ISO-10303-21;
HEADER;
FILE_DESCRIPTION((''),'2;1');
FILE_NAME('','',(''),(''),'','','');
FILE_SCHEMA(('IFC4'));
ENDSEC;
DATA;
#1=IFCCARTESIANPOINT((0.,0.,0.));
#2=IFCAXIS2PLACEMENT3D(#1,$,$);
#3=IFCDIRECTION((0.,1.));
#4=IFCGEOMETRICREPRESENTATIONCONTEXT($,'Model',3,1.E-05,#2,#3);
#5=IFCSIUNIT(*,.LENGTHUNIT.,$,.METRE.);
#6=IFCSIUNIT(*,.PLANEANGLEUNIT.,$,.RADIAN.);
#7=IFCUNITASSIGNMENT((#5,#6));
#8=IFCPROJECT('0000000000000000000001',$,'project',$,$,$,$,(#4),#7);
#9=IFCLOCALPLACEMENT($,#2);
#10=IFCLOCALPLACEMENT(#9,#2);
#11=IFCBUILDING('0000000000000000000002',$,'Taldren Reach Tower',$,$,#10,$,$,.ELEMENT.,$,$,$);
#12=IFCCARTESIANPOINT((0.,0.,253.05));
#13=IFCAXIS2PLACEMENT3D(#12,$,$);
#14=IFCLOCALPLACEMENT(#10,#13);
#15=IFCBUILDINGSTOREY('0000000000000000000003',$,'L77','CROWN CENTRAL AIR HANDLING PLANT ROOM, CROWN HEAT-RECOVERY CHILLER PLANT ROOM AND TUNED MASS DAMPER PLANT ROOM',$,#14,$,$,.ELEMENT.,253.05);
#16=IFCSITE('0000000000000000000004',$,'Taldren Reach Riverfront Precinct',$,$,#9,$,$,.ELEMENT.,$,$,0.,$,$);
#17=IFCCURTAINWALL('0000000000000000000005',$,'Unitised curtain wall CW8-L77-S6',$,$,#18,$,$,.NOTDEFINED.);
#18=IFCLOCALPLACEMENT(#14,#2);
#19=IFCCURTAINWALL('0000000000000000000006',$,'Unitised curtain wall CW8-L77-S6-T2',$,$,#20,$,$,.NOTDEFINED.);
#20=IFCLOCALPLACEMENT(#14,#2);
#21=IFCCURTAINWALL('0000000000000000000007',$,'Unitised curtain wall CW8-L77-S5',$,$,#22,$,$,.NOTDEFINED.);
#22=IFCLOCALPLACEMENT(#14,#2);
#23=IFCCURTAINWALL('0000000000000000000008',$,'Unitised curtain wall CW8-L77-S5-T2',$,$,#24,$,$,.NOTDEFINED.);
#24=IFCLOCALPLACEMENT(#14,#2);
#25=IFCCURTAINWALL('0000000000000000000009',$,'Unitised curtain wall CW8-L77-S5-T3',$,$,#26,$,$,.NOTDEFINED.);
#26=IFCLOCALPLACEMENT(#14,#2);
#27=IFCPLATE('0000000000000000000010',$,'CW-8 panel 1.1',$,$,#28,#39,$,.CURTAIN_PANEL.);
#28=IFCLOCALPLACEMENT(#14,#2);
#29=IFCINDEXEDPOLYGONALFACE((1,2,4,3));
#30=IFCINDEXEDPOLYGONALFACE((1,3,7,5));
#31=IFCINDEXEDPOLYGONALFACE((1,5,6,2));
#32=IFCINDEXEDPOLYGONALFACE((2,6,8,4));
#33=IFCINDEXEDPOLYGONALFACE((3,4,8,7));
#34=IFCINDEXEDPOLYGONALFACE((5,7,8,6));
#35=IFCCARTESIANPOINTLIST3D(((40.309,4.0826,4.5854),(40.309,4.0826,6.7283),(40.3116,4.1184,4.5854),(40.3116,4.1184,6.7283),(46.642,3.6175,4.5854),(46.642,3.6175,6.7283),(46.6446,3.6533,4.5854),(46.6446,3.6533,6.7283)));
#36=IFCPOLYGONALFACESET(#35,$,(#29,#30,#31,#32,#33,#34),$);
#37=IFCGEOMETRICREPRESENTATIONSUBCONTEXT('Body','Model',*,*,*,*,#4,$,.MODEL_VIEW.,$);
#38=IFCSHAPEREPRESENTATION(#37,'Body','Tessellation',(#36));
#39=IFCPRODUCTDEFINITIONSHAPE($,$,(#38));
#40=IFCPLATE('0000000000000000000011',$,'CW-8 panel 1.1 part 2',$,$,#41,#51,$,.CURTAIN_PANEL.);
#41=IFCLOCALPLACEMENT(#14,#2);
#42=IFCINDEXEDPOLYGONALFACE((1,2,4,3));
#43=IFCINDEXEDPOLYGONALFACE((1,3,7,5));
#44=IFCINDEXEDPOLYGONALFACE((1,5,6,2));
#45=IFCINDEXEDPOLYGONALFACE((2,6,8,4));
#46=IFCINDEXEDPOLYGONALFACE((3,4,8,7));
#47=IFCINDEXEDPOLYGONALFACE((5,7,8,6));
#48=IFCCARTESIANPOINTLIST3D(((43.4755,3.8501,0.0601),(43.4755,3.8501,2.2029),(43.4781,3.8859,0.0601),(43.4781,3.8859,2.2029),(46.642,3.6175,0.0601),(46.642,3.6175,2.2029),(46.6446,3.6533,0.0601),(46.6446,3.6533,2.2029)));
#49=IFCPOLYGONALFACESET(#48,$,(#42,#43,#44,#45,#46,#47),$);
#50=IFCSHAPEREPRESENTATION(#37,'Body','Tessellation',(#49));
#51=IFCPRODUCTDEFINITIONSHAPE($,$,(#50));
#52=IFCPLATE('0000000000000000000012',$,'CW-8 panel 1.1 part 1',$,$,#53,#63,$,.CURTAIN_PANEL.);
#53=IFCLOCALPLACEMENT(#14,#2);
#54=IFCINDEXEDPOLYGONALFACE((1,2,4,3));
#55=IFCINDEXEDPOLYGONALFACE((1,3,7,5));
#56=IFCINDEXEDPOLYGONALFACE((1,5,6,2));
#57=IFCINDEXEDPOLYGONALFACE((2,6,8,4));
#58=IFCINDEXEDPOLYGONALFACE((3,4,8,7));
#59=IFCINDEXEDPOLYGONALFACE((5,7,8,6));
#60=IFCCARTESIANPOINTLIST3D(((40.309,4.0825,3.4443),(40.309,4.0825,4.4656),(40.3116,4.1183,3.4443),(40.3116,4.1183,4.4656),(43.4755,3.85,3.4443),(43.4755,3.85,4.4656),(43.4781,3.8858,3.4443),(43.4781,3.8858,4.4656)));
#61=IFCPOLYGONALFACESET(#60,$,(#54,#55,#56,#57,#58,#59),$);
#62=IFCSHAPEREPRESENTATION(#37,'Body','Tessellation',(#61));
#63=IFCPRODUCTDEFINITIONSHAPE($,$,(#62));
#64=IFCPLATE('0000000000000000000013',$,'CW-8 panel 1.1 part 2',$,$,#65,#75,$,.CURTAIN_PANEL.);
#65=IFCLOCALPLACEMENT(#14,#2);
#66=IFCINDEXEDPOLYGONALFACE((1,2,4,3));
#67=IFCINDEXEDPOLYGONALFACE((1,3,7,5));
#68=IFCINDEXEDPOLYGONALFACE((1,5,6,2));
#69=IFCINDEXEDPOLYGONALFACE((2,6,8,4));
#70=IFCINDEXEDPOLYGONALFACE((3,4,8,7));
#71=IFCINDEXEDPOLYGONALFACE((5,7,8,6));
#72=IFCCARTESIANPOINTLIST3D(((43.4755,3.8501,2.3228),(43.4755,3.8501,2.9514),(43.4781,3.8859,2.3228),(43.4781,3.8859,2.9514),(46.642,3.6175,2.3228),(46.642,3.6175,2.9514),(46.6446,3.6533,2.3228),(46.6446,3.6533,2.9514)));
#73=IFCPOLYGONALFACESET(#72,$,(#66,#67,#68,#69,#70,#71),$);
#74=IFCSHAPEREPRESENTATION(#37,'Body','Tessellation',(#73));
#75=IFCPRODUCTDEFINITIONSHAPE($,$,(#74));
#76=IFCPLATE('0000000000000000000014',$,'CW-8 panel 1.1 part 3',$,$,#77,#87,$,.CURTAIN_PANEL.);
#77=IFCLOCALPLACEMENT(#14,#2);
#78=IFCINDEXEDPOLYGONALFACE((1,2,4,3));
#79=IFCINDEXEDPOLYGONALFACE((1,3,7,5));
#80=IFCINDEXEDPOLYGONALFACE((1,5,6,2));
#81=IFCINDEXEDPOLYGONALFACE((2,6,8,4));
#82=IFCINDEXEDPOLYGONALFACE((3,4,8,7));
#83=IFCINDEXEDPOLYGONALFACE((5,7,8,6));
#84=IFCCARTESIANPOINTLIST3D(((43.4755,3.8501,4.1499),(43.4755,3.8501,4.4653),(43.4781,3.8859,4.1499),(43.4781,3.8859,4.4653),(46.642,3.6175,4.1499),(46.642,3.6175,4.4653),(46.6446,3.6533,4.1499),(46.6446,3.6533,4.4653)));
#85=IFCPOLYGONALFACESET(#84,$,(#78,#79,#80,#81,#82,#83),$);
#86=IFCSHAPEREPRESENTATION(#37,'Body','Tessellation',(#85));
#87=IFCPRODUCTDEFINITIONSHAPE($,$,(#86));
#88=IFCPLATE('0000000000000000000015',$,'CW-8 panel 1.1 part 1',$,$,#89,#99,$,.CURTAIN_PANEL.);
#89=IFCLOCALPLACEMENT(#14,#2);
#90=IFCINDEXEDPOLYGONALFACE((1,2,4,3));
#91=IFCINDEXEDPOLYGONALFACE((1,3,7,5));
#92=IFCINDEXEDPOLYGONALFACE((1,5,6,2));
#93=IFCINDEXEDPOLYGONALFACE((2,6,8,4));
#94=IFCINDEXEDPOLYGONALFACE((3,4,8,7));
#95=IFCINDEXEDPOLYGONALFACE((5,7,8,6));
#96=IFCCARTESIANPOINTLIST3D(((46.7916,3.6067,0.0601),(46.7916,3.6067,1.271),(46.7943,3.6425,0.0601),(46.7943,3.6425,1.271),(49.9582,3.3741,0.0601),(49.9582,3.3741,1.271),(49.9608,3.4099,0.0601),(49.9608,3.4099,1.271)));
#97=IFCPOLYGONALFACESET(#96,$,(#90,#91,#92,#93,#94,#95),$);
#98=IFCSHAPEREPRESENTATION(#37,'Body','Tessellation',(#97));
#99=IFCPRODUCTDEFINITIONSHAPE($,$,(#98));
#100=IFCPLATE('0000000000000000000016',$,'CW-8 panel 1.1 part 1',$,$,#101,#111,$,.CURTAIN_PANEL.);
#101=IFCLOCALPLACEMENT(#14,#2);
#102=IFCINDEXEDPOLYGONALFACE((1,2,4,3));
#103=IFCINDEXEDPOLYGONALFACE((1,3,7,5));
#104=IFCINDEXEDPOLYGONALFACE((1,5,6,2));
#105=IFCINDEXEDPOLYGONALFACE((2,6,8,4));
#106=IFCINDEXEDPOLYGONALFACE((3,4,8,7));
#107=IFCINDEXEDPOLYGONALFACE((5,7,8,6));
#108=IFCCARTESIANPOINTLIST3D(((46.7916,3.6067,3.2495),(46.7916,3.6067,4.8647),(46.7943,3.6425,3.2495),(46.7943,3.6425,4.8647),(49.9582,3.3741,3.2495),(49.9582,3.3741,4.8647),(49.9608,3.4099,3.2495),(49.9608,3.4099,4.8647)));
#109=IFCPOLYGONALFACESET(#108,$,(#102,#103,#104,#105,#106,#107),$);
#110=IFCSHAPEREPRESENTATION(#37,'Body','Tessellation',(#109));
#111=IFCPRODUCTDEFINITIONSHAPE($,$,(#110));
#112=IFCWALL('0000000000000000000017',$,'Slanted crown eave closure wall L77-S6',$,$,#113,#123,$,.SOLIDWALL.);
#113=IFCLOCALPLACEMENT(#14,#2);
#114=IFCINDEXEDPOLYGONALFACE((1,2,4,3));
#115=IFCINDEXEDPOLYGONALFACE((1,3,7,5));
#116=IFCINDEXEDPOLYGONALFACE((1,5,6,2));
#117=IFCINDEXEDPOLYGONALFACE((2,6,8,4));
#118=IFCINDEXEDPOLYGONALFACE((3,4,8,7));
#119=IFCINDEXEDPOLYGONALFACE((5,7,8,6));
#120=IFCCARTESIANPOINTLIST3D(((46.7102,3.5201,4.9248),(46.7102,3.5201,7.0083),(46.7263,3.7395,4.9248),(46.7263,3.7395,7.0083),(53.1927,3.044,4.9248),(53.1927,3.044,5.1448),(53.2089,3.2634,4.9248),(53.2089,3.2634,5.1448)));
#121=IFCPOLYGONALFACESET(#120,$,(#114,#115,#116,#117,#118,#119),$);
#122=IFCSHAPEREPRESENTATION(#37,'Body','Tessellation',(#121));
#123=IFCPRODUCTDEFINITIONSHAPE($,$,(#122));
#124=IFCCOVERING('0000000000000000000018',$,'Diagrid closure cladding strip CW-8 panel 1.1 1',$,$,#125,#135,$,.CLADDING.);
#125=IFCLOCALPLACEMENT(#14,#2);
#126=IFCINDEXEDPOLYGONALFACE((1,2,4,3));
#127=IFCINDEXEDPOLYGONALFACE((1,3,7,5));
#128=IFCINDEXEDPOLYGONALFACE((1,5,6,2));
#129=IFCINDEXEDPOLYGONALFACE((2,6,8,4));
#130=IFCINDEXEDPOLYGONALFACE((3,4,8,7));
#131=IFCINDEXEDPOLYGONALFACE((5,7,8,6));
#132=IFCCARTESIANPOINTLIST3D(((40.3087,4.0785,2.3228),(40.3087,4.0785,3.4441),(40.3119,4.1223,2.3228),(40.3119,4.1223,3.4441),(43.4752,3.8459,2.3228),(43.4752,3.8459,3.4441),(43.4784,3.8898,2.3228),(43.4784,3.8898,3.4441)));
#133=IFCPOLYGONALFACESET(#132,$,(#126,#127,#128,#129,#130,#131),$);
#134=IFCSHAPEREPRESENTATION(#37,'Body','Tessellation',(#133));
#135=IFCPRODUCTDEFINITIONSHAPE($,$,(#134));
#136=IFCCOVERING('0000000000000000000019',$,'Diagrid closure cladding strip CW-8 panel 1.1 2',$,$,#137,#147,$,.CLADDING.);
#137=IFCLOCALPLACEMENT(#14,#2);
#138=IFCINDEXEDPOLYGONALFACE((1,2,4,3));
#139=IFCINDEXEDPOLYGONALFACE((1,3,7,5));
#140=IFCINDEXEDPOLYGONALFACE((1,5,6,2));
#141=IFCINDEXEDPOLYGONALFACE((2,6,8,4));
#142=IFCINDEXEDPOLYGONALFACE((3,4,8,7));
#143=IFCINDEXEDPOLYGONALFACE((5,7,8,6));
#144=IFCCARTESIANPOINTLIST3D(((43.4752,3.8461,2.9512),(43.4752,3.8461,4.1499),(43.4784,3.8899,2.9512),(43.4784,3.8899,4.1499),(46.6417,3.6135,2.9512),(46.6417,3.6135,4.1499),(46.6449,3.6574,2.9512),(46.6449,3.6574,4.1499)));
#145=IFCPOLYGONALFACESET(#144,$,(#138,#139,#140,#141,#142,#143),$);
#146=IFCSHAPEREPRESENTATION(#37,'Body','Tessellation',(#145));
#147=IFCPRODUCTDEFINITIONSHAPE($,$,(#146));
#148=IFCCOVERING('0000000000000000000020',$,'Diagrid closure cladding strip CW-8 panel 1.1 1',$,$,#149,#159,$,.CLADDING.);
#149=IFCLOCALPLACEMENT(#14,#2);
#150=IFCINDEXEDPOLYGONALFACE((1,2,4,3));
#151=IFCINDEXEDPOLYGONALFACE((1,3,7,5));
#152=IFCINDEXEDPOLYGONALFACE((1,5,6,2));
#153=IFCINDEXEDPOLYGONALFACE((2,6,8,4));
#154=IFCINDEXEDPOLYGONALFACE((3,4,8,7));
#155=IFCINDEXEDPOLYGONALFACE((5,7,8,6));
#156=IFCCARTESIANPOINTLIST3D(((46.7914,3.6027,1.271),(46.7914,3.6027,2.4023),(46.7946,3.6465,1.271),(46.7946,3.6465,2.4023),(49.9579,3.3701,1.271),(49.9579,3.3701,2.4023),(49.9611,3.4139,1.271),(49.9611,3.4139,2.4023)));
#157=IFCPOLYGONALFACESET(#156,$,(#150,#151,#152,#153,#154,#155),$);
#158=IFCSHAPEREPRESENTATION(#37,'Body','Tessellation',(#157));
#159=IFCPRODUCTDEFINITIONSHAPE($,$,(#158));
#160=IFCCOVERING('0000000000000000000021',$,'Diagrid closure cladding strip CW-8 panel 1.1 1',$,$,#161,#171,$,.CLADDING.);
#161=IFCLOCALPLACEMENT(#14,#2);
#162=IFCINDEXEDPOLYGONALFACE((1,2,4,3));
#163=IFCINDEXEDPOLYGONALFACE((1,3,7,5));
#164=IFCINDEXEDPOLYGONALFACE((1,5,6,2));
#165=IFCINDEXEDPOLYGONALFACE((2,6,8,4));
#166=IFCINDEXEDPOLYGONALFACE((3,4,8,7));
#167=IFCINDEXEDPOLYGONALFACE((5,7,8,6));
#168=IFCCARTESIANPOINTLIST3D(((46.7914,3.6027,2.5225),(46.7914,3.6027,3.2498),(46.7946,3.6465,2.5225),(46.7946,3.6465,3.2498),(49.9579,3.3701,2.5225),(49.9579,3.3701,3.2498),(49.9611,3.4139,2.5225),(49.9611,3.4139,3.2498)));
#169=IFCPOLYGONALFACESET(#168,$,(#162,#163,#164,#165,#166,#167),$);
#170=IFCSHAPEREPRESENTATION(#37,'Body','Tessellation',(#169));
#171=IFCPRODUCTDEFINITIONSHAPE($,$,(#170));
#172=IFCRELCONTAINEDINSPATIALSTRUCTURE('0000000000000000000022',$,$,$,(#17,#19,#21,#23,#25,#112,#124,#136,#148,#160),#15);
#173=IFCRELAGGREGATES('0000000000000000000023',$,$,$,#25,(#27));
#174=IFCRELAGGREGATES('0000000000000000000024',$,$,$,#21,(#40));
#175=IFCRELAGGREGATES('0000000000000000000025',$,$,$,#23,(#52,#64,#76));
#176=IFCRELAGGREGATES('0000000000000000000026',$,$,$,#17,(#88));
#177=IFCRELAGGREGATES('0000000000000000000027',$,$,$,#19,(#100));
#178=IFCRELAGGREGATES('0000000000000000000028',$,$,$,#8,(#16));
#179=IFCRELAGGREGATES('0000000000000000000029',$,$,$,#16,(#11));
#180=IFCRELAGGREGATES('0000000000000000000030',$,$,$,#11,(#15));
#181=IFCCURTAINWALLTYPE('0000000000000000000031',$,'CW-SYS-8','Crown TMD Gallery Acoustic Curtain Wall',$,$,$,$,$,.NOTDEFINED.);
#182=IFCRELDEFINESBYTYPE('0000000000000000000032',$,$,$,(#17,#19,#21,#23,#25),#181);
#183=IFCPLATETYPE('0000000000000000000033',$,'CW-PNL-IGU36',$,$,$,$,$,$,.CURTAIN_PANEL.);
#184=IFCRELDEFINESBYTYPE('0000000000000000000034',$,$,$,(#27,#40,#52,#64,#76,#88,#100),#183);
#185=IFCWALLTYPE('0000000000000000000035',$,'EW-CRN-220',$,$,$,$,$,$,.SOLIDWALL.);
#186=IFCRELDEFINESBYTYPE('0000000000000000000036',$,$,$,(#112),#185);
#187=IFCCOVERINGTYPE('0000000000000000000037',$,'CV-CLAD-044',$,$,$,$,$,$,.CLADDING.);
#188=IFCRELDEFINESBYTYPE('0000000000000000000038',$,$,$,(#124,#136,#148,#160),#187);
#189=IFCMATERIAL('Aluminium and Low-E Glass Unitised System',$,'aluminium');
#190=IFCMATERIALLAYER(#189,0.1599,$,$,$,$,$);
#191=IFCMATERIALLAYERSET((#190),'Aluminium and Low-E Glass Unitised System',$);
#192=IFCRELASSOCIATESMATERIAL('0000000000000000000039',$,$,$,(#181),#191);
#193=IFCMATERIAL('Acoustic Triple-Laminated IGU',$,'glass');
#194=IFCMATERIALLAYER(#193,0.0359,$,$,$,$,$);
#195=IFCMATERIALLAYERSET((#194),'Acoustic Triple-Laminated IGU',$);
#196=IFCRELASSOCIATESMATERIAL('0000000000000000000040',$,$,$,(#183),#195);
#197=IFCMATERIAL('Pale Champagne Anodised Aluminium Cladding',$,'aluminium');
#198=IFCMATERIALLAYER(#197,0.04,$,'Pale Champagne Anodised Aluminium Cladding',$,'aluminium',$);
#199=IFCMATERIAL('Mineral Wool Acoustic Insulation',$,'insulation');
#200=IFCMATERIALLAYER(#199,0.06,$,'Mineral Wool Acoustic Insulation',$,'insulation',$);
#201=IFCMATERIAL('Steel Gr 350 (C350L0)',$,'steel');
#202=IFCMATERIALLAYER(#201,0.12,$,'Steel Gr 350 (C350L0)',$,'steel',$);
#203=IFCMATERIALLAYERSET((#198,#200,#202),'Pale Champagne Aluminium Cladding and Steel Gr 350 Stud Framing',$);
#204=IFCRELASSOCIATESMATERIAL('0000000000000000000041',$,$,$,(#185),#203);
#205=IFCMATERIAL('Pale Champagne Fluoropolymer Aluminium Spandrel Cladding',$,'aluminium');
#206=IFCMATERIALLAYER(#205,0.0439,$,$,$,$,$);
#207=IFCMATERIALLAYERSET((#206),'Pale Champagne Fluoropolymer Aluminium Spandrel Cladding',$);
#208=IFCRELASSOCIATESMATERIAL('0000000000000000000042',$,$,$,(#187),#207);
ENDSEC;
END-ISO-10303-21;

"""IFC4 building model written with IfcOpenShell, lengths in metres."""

from ifc_helpers import new_model, si_unit, direction, frame, origin, origin_2d, place, context, subcontext, project, spatial, polyline, rectangle, outline, extrude, source, transform, mapped, material, layer, layer_set, type_object, element, aggregate, save


model = new_model("IFC4")

# Units and contexts
model_context = context("Model", 3, precision=1e-05, world=origin(), true_north=direction((0.0, 1.0)))
body_context = subcontext(model_context, "Body", "Model", "MODEL_VIEW")
ifc_project = project(units=[si_unit("LENGTHUNIT", "METRE"), si_unit("PLANEANGLEUNIT", "RADIAN")], contexts=[model_context])

# Site, building, storey
site_placement = place(None, origin())
site = spatial("IfcSite", under=ifc_project, at=site_placement, Name="Taldren Reach Riverfront Precinct", CompositionType="ELEMENT", RefElevation=0.0)
building_placement = place(site_placement, origin())
building = spatial("IfcBuilding", under=site, at=building_placement, Name="Taldren Reach Tower", CompositionType="ELEMENT")
storey_placement = place(building_placement, frame((0.0, 0.0, 253.05)))
storey = spatial("IfcBuildingStorey", under=building, at=storey_placement, Name="L77", Description="CROWN CENTRAL AIR HANDLING PLANT ROOM, CROWN HEAT-RECOVERY CHILLER PLANT ROOM AND TUNED MASS DAMPER PLANT ROOM", CompositionType="ELEMENT", Elevation=253.05)

# Shared definitions
ifc_material_1 = material(Name="Steel Gr 350 (C350L0)", Category="steel")

# Curtain walls
ifc_material_2 = material(Name="Aluminium and Low-E Glass Unitised System", Category="aluminium")
ifc_layer_1 = layer(ifc_material_2, 0.1599)
ifc_layer_set_1 = layer_set([ifc_layer_1], Name="Aluminium and Low-E Glass Unitised System")
curtain_wall_type = type_object("IfcCurtainWallType", Name="CW-SYS-8", Description="Crown TMD Gallery Acoustic Curtain Wall", PredefinedType="NOTDEFINED", material=ifc_layer_set_1)
curtain_wall_1_placement = place(storey_placement, origin())
curtain_wall_1 = element("IfcCurtainWall", 1, at=curtain_wall_1_placement, inside=storey, type_object=curtain_wall_type, Name="Unitised curtain wall CW8-L77-S6", PredefinedType="NOTDEFINED")
curtain_wall_2_placement = place(storey_placement, origin())
curtain_wall_2 = element("IfcCurtainWall", 2, at=curtain_wall_2_placement, inside=storey, type_object=curtain_wall_type, Name="Unitised curtain wall CW8-L77-S6-T2", PredefinedType="NOTDEFINED")

# Curtain walls
curtain_wall_3_placement = place(storey_placement, origin())
curtain_wall_3 = element("IfcCurtainWall", 3, at=curtain_wall_3_placement, inside=storey, type_object=curtain_wall_type, Name="Unitised curtain wall CW8-L77-S5", PredefinedType="NOTDEFINED")
curtain_wall_4_placement = place(storey_placement, origin())
curtain_wall_4 = element("IfcCurtainWall", 4, at=curtain_wall_4_placement, inside=storey, type_object=curtain_wall_type, Name="Unitised curtain wall CW8-L77-S5-T2", PredefinedType="NOTDEFINED")
curtain_wall_5_placement = place(storey_placement, origin())
curtain_wall_5 = element("IfcCurtainWall", 5, at=curtain_wall_5_placement, inside=storey, type_object=curtain_wall_type, Name="Unitised curtain wall CW8-L77-S5-T3", PredefinedType="NOTDEFINED")

# Plates
ifc_material_3 = material(Name="Acoustic Triple-Laminated IGU", Category="glass")
ifc_layer_2 = layer(ifc_material_3, 0.0359)
ifc_layer_set_2 = layer_set([ifc_layer_2], Name="Acoustic Triple-Laminated IGU")
plate_type_1 = type_object("IfcPlateType", Name="CW-PNL-IGU36", PredefinedType="CURTAIN_PANEL", material=ifc_layer_set_2)
shared_shape_1 = source(origin(), body_context, "Body", "SweptSolid", [
    extrude(rectangle(XDim=6.3501, YDim=0.0359, at=origin_2d()), origin(), (0.0, 0.0, 1.0), 2.1428),
])
plate_1_placement = place(storey_placement, frame((43.4768, 3.8679, 4.5854), z_axis=(0.0, 0.0, 1.0), x_axis=(0.997314, -0.073238, 0.0)))
plate_1 = element("IfcPlate", 6, at=plate_1_placement, type_object=plate_type_1, Name="CW-8 panel 1.1", PredefinedType="CURTAIN_PANEL", context=body_context, shape_type="MappedRepresentation", body=[
    mapped(shared_shape_1, transform((0.0, 0.0, 0.0), scale=1.0)),
])
aggregate(curtain_wall_5, [plate_1])
shared_shape_2 = source(origin(), body_context, "Body", "SweptSolid", [
    extrude(rectangle(XDim=3.175, YDim=0.0359, at=origin_2d()), origin(), (0.0, 0.0, 1.0), 2.1428),
])
plate_2_placement = place(storey_placement, frame((45.0601, 3.7517, 0.0601), z_axis=(0.0, 0.0, 1.0), x_axis=(0.997314, -0.073238, 0.0)))
plate_2 = element("IfcPlate", 7, at=plate_2_placement, type_object=plate_type_1, Name="CW-8 panel 1.1 part 2", PredefinedType="CURTAIN_PANEL", context=body_context, shape_type="MappedRepresentation", body=[
    mapped(shared_shape_2, transform((0.0, 0.0, 0.0), scale=1.0)),
])
aggregate(curtain_wall_3, [plate_2])
shared_shape_3 = source(origin(), body_context, "Body", "SweptSolid", [
    extrude(rectangle(XDim=3.175, YDim=0.0359, at=origin_2d()), origin(), (0.0, 0.0, 1.0), 1.0212),
])
plate_3_placement = place(storey_placement, frame((41.8936, 3.9841, 3.4443), z_axis=(0.0, 0.0, 1.0), x_axis=(0.997314, -0.073238, 0.0)))
plate_3 = element("IfcPlate", 8, at=plate_3_placement, type_object=plate_type_1, Name="CW-8 panel 1.1 part 1", PredefinedType="CURTAIN_PANEL", context=body_context, shape_type="MappedRepresentation", body=[
    mapped(shared_shape_3, transform((0.0, 0.0, 0.0), scale=1.0)),
])
shared_shape_4 = source(origin(), body_context, "Body", "SweptSolid", [
    extrude(rectangle(XDim=3.175, YDim=0.0359, at=origin_2d()), origin(), (0.0, 0.0, 1.0), 0.6287),
])
plate_4_placement = place(storey_placement, frame((45.0601, 3.7517, 2.3228), z_axis=(0.0, 0.0, 1.0), x_axis=(0.997314, -0.073238, 0.0)))
plate_4 = element("IfcPlate", 9, at=plate_4_placement, type_object=plate_type_1, Name="CW-8 panel 1.1 part 2", PredefinedType="CURTAIN_PANEL", context=body_context, shape_type="MappedRepresentation", body=[
    mapped(shared_shape_4, transform((0.0, 0.0, 0.0), scale=1.0)),
])
shared_shape_5 = source(origin(), body_context, "Body", "SweptSolid", [
    extrude(rectangle(XDim=3.175, YDim=0.0359, at=origin_2d()), origin(), (0.0, 0.0, 1.0), 0.3154),
])
plate_5_placement = place(storey_placement, frame((45.0601, 3.7517, 4.1499), z_axis=(0.0, 0.0, 1.0), x_axis=(0.997314, -0.073238, 0.0)))
plate_5 = element("IfcPlate", 10, at=plate_5_placement, type_object=plate_type_1, Name="CW-8 panel 1.1 part 3", PredefinedType="CURTAIN_PANEL", context=body_context, shape_type="MappedRepresentation", body=[
    mapped(shared_shape_5, transform((0.0, 0.0, 0.0), scale=1.0)),
])
aggregate(curtain_wall_4, [plate_3, plate_4, plate_5])
shared_shape_6 = source(origin(), body_context, "Body", "SweptSolid", [
    extrude(rectangle(XDim=3.175, YDim=0.0359, at=origin_2d()), origin(), (0.0, 0.0, 1.0), 1.2109),
])
plate_6_placement = place(storey_placement, frame((48.3762, 3.5083, 0.0601), z_axis=(0.0, 0.0, 1.0), x_axis=(0.997314, -0.073239, 0.0)))
plate_6 = element("IfcPlate", 11, at=plate_6_placement, type_object=plate_type_1, Name="CW-8 panel 1.1 part 1", PredefinedType="CURTAIN_PANEL", context=body_context, shape_type="MappedRepresentation", body=[
    mapped(shared_shape_6, transform((0.0, 0.0, 0.0), scale=1.0)),
])
aggregate(curtain_wall_1, [plate_6])
shared_shape_7 = source(origin(), body_context, "Body", "SweptSolid", [
    extrude(rectangle(XDim=3.175, YDim=0.0359, at=origin_2d()), origin(), (0.0, 0.0, 1.0), 1.6152),
])
plate_7_placement = place(storey_placement, frame((48.3762, 3.5083, 3.2495), z_axis=(0.0, 0.0, 1.0), x_axis=(0.997314, -0.073239, 0.0)))
plate_7 = element("IfcPlate", 12, at=plate_7_placement, type_object=plate_type_1, Name="CW-8 panel 1.1 part 1", PredefinedType="CURTAIN_PANEL", context=body_context, shape_type="MappedRepresentation", body=[
    mapped(shared_shape_7, transform((0.0, 0.0, 0.0), scale=1.0)),
])
aggregate(curtain_wall_2, [plate_7])

# Wall
ifc_material_4 = material(Name="Pale Champagne Anodised Aluminium Cladding", Category="aluminium")
ifc_layer_3 = layer(ifc_material_4, 0.04, Name="Pale Champagne Anodised Aluminium Cladding", Category="aluminium")
ifc_material_5 = material(Name="Mineral Wool Acoustic Insulation", Category="insulation")
ifc_layer_4 = layer(ifc_material_5, 0.06, Name="Mineral Wool Acoustic Insulation", Category="insulation")
ifc_layer_5 = layer(ifc_material_1, 0.12, Name="Steel Gr 350 (C350L0)", Category="steel")
ifc_layer_set_3 = layer_set([ifc_layer_3, ifc_layer_4, ifc_layer_5], Name="Pale Champagne Aluminium Cladding and Steel Gr 350 Stud Framing")
wall_type = type_object("IfcWallType", Name="EW-CRN-220", PredefinedType="SOLIDWALL", material=ifc_layer_set_3)
wall_placement = place(storey_placement, frame((46.7183, 3.6299, 4.9248), z_axis=(0.0, 0.0, 1.0), x_axis=(0.997314, -0.073244, 0.0)))
element("IfcWall", 13, at=wall_placement, inside=storey, type_object=wall_type, Name="Slanted crown eave closure wall L77-S6", PredefinedType="SOLIDWALL", context=body_context, shape_type="SweptSolid", body=[
    extrude(outline(polyline([(0.0, 0.0), (6.5, 0.0), (6.5, 0.22), (0.0, 2.0835), (0.0, 0.0)])), frame((0.0, 0.1099, 0.0), z_axis=(0.0, -1.0, 0.0), x_axis=(1.0, 0.0, 0.0)), (0.0, 0.0, 1.0), 0.22),
])

# Coverings
ifc_material_6 = material(Name="Pale Champagne Fluoropolymer Aluminium Spandrel Cladding", Category="aluminium")
ifc_layer_6 = layer(ifc_material_6, 0.0439)
ifc_layer_set_4 = layer_set([ifc_layer_6], Name="Pale Champagne Fluoropolymer Aluminium Spandrel Cladding")
covering_type = type_object("IfcCoveringType", Name="CV-CLAD-044", PredefinedType="CLADDING", material=ifc_layer_set_4)
shared_shape_8 = source(origin(), body_context, "Body", "SweptSolid", [
    extrude(rectangle(XDim=3.175, YDim=0.0439, at=origin_2d()), origin(), (0.0, 0.0, 1.0), 1.1213),
])
covering_1_placement = place(storey_placement, frame((41.8936, 3.9841, 2.3228), z_axis=(0.0, 0.0, 1.0), x_axis=(0.997314, -0.073238, 0.0)))
element("IfcCovering", 14, at=covering_1_placement, inside=storey, type_object=covering_type, Name="Diagrid closure cladding strip CW-8 panel 1.1 1", PredefinedType="CLADDING", context=body_context, shape_type="MappedRepresentation", body=[
    mapped(shared_shape_8, transform((0.0, 0.0, 0.0), scale=1.0)),
])
shared_shape_9 = source(origin(), body_context, "Body", "SweptSolid", [
    extrude(rectangle(XDim=3.175, YDim=0.0439, at=origin_2d()), origin(), (0.0, 0.0, 1.0), 1.1987),
])
covering_2_placement = place(storey_placement, frame((45.0601, 3.7517, 2.9512), z_axis=(0.0, 0.0, 1.0), x_axis=(0.997314, -0.073238, 0.0)))
element("IfcCovering", 15, at=covering_2_placement, inside=storey, type_object=covering_type, Name="Diagrid closure cladding strip CW-8 panel 1.1 2", PredefinedType="CLADDING", context=body_context, shape_type="MappedRepresentation", body=[
    mapped(shared_shape_9, transform((0.0, 0.0, 0.0), scale=1.0)),
])
shared_shape_10 = source(origin(), body_context, "Body", "SweptSolid", [
    extrude(rectangle(XDim=3.175, YDim=0.0439, at=origin_2d()), origin(), (0.0, 0.0, 1.0), 1.1313),
])
covering_3_placement = place(storey_placement, frame((48.3762, 3.5083, 1.271), z_axis=(0.0, 0.0, 1.0), x_axis=(0.997314, -0.073239, 0.0)))
element("IfcCovering", 16, at=covering_3_placement, inside=storey, type_object=covering_type, Name="Diagrid closure cladding strip CW-8 panel 1.1 1", PredefinedType="CLADDING", context=body_context, shape_type="MappedRepresentation", body=[
    mapped(shared_shape_10, transform((0.0, 0.0, 0.0), scale=1.0)),
])
shared_shape_11 = source(origin(), body_context, "Body", "SweptSolid", [
    extrude(rectangle(XDim=3.175, YDim=0.0439, at=origin_2d()), origin(), (0.0, 0.0, 1.0), 0.7273),
])
covering_4_placement = place(storey_placement, frame((48.3762, 3.5083, 2.5225), z_axis=(0.0, 0.0, 1.0), x_axis=(0.997314, -0.073239, 0.0)))
element("IfcCovering", 17, at=covering_4_placement, inside=storey, type_object=covering_type, Name="Diagrid closure cladding strip CW-8 panel 1.1 1", PredefinedType="CLADDING", context=body_context, shape_type="MappedRepresentation", body=[
    mapped(shared_shape_11, transform((0.0, 0.0, 0.0), scale=1.0)),
])

save(model, "model.ifc")
